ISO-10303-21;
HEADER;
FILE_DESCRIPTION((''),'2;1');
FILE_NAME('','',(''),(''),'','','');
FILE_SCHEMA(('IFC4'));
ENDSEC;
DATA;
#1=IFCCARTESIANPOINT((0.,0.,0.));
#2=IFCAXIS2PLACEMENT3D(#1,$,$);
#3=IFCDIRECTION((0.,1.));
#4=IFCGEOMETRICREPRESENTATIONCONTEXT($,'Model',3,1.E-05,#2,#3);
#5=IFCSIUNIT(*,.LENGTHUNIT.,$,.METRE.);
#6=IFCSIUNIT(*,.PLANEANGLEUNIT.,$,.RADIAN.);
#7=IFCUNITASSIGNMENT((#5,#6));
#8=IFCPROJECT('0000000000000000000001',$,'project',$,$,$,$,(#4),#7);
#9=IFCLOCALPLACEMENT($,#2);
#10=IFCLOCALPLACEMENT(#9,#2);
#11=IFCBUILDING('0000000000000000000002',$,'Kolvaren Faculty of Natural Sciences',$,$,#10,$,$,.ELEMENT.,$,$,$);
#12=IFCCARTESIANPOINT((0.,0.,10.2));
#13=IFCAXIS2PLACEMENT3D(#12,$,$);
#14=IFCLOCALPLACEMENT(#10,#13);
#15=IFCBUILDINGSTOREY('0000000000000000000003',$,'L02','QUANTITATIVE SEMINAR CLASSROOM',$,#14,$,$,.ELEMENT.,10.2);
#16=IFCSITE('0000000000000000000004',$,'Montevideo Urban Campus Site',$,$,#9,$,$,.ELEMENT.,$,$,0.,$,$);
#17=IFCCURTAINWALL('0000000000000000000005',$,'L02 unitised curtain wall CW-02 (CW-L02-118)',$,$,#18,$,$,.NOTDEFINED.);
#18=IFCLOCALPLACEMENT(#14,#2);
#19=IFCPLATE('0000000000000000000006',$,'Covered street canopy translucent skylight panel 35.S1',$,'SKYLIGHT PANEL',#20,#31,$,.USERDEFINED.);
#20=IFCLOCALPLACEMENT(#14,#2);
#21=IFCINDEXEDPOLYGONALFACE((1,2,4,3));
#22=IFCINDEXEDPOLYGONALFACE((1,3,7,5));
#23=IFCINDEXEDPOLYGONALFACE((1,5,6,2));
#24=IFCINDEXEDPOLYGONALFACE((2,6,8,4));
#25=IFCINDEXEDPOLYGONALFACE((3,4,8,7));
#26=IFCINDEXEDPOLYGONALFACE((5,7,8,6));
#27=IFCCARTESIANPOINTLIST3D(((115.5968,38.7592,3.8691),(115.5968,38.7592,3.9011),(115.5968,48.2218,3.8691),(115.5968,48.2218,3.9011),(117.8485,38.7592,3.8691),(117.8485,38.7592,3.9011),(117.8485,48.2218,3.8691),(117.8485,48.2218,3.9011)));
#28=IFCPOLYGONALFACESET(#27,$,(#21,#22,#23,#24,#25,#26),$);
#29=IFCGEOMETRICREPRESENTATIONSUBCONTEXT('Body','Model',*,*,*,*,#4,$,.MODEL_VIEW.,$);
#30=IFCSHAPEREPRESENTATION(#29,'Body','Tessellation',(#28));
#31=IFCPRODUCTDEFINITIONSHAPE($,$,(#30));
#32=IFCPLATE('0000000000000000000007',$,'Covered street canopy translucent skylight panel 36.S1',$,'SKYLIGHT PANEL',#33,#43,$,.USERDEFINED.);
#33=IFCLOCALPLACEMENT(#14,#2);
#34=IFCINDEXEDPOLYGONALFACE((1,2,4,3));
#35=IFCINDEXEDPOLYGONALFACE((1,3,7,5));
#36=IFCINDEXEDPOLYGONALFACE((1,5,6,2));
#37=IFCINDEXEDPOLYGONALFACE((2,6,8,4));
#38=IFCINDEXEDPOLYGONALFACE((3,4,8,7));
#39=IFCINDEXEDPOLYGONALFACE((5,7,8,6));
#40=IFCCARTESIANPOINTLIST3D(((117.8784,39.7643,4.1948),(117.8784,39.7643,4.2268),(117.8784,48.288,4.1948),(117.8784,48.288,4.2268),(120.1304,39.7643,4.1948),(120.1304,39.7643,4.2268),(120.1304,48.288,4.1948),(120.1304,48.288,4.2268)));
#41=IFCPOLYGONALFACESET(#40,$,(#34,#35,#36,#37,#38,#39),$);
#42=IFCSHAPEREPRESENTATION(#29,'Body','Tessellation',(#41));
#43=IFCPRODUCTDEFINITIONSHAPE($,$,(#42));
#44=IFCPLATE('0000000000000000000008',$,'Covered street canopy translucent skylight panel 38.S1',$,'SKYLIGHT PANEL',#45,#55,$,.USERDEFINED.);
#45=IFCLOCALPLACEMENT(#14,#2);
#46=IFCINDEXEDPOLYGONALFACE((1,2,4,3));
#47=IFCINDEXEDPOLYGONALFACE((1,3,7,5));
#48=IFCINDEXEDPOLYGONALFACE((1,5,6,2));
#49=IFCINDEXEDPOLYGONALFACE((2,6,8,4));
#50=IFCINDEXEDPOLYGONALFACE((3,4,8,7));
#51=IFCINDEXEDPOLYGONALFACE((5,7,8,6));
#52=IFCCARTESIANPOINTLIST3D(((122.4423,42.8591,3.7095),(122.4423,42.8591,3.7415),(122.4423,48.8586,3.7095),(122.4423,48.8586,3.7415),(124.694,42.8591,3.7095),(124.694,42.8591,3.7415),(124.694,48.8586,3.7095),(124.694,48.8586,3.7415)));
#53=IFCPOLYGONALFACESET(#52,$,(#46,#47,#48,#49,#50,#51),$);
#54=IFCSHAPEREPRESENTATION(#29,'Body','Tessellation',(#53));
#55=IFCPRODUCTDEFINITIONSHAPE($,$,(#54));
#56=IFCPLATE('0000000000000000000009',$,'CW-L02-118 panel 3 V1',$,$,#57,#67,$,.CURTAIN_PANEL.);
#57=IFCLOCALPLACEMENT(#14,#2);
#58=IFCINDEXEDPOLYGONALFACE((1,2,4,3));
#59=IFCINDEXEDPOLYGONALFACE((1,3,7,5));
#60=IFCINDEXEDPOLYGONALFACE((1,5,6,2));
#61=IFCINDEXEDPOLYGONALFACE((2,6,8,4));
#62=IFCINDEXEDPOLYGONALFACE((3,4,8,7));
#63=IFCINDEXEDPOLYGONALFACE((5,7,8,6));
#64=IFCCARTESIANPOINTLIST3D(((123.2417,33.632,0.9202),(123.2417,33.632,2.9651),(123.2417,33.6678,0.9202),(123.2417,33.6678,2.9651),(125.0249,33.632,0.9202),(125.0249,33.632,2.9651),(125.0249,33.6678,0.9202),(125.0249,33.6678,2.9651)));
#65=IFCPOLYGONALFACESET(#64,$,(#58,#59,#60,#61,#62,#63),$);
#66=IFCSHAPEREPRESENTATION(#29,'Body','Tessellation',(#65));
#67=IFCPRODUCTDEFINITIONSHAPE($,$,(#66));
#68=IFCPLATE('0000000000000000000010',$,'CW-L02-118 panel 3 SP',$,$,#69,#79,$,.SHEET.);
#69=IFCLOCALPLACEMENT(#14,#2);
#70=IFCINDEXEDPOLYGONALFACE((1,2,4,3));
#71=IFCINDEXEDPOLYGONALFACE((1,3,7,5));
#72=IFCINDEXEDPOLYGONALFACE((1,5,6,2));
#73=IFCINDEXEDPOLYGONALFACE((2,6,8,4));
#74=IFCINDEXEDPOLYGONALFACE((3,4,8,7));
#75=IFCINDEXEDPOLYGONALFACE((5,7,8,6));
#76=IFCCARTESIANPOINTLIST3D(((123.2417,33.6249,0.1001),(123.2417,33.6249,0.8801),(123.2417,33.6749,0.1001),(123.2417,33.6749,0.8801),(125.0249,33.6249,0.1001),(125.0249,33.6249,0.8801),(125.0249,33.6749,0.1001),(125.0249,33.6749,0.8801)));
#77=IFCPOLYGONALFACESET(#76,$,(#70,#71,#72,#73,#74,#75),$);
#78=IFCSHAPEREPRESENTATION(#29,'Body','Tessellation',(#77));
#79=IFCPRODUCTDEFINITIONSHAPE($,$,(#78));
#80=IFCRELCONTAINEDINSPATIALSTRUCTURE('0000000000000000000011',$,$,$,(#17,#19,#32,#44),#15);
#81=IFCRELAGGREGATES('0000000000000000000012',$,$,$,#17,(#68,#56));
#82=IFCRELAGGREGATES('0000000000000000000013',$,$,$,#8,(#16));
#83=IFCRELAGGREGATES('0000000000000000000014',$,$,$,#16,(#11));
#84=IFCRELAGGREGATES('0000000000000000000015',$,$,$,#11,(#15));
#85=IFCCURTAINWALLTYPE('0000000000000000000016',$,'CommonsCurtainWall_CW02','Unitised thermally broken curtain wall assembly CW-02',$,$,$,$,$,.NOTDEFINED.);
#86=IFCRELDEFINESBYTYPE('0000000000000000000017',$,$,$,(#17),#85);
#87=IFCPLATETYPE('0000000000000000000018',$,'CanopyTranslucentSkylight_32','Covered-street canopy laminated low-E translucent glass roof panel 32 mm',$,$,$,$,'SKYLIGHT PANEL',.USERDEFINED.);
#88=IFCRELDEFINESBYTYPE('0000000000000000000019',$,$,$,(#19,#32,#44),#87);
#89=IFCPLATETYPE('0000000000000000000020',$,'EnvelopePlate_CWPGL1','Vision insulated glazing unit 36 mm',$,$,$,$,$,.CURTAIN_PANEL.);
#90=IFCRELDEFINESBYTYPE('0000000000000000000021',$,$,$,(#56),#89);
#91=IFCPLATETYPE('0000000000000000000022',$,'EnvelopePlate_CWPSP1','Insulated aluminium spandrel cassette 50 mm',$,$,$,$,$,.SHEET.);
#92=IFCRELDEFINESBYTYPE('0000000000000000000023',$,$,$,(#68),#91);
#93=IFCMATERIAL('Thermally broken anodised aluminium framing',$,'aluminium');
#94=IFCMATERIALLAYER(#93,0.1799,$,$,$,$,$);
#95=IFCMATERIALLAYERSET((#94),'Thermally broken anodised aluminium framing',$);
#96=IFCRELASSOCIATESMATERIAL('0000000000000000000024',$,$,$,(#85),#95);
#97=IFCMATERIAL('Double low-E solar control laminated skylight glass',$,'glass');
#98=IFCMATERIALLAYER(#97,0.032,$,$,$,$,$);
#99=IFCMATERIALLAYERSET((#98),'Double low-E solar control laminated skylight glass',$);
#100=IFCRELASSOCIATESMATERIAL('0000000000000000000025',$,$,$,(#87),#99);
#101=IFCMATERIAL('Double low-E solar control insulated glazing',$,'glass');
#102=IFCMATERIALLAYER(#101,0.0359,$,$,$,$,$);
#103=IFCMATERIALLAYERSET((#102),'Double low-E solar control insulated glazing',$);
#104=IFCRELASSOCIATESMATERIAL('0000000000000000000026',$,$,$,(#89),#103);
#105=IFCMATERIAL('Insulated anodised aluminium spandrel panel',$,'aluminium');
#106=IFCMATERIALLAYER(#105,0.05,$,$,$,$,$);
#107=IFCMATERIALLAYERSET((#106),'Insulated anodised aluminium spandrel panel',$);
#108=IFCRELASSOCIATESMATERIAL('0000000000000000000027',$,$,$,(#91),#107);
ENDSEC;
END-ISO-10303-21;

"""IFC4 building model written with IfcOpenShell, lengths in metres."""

from ifc_helpers import new_model, si_unit, direction, frame, origin, origin_2d, place, context, subcontext, project, spatial, rectangle, extrude, material, layer, layer_set, type_object, element, aggregate, save


model = new_model("IFC4")

# Units and contexts
model_context = context("Model", 3, precision=1e-05, world=origin(), true_north=direction((0.0, 1.0)))
body_context = subcontext(model_context, "Body", "Model", "MODEL_VIEW")
ifc_project = project(units=[si_unit("LENGTHUNIT", "METRE"), si_unit("PLANEANGLEUNIT", "RADIAN")], contexts=[model_context])

# Site, building, storey
site_placement = place(None, origin())
site = spatial("IfcSite", under=ifc_project, at=site_placement, Name="Montevideo Urban Campus Site", CompositionType="ELEMENT", RefElevation=0.0)
building_placement = place(site_placement, origin())
building = spatial("IfcBuilding", under=site, at=building_placement, Name="Kolvaren Faculty of Natural Sciences", CompositionType="ELEMENT")
storey_placement = place(building_placement, frame((0.0, 0.0, 10.2)))
storey = spatial("IfcBuildingStorey", under=building, at=storey_placement, Name="L02", Description="QUANTITATIVE SEMINAR CLASSROOM", CompositionType="ELEMENT", Elevation=10.2)

# Curtain wall
ifc_material_1 = material(Name="Thermally broken anodised aluminium framing", Category="aluminium")
ifc_layer_1 = layer(ifc_material_1, 0.1799)
ifc_layer_set_1 = layer_set([ifc_layer_1], Name="Thermally broken anodised aluminium framing")
curtain_wall_type = type_object("IfcCurtainWallType", Name="CommonsCurtainWall_CW02", Description="Unitised thermally broken curtain wall assembly CW-02", PredefinedType="NOTDEFINED", material=ifc_layer_set_1)
curtain_wall_placement = place(storey_placement, origin())
curtain_wall = element("IfcCurtainWall", 1, at=curtain_wall_placement, inside=storey, type_object=curtain_wall_type, Name="L02 unitised curtain wall CW-02 (CW-L02-118)", PredefinedType="NOTDEFINED")

# Plates
ifc_material_2 = material(Name="Double low-E solar control laminated skylight glass", Category="glass")
ifc_layer_2 = layer(ifc_material_2, 0.032)
ifc_layer_set_2 = layer_set([ifc_layer_2], Name="Double low-E solar control laminated skylight glass")
plate_type_1 = type_object("IfcPlateType", Name="CanopyTranslucentSkylight_32", Description="Covered-street canopy laminated low-E translucent glass roof panel 32 mm", ElementType="SKYLIGHT PANEL", PredefinedType="USERDEFINED", material=ifc_layer_set_2)
plate_1_placement = place(storey_placement, frame((116.7227, 43.4905, 3.8691), z_axis=(0.0, 0.0, 1.0), x_axis=(1.0, 0.0, 0.0)))
element("IfcPlate", 2, at=plate_1_placement, inside=storey, type_object=plate_type_1, Name="Covered street canopy translucent skylight panel 35.S1", ObjectType="SKYLIGHT PANEL", PredefinedType="USERDEFINED", context=body_context, shape_type="SweptSolid", body=[
    extrude(rectangle(XDim=2.2517, YDim=9.4626, at=origin_2d()), origin(), (0.0, 0.0, 1.0), 0.032),
])
plate_2_placement = place(storey_placement, frame((119.0044, 44.0261, 4.1948), z_axis=(0.0, 0.0, 1.0), x_axis=(1.0, 0.0, 0.0)))
element("IfcPlate", 3, at=plate_2_placement, inside=storey, type_object=plate_type_1, Name="Covered street canopy translucent skylight panel 36.S1", ObjectType="SKYLIGHT PANEL", PredefinedType="USERDEFINED", context=body_context, shape_type="SweptSolid", body=[
    extrude(rectangle(XDim=2.252, YDim=8.5237, at=origin_2d()), origin(), (0.0, 0.0, 1.0), 0.032),
])
plate_3_placement = place(storey_placement, frame((123.5681, 45.8589, 3.7095), z_axis=(0.0, 0.0, 1.0), x_axis=(1.0, 0.0, 0.0)))
element("IfcPlate", 4, at=plate_3_placement, inside=storey, type_object=plate_type_1, Name="Covered street canopy translucent skylight panel 38.S1", ObjectType="SKYLIGHT PANEL", PredefinedType="USERDEFINED", context=body_context, shape_type="SweptSolid", body=[
    extrude(rectangle(XDim=2.2517, YDim=5.9995, at=origin_2d()), origin(), (0.0, 0.0, 1.0), 0.032),
])

# Plates
ifc_material_3 = material(Name="Double low-E solar control insulated glazing", Category="glass")
ifc_layer_3 = layer(ifc_material_3, 0.0359)
ifc_layer_set_3 = layer_set([ifc_layer_3], Name="Double low-E solar control insulated glazing")
plate_type_2 = type_object("IfcPlateType", Name="EnvelopePlate_CWPGL1", Description="Vision insulated glazing unit 36 mm", PredefinedType="CURTAIN_PANEL", material=ifc_layer_set_3)
plate_4_placement = place(storey_placement, frame((124.1333, 33.6499, 0.9202), z_axis=(0.0, 0.0, 1.0), x_axis=(1.0, 0.0, 0.0)))
plate_4 = element("IfcPlate", 5, at=plate_4_placement, type_object=plate_type_2, Name="CW-L02-118 panel 3 V1", PredefinedType="CURTAIN_PANEL", context=body_context, shape_type="SweptSolid", body=[
    extrude(rectangle(XDim=1.7832, YDim=0.0359, at=origin_2d()), origin(), (0.0, 0.0, 1.0), 2.0449),
])
ifc_material_4 = material(Name="Insulated anodised aluminium spandrel panel", Category="aluminium")
ifc_layer_4 = layer(ifc_material_4, 0.05)
ifc_layer_set_4 = layer_set([ifc_layer_4], Name="Insulated anodised aluminium spandrel panel")
plate_type_3 = type_object("IfcPlateType", Name="EnvelopePlate_CWPSP1", Description="Insulated aluminium spandrel cassette 50 mm", PredefinedType="SHEET", material=ifc_layer_set_4)
plate_5_placement = place(storey_placement, frame((124.1333, 33.6499, 0.1001), z_axis=(0.0, 0.0, 1.0), x_axis=(1.0, 0.0, 0.0)))
plate_5 = element("IfcPlate", 6, at=plate_5_placement, type_object=plate_type_3, Name="CW-L02-118 panel 3 SP", PredefinedType="SHEET", context=body_context, shape_type="SweptSolid", body=[
    extrude(rectangle(XDim=1.7832, YDim=0.05, at=origin_2d()), origin(), (0.0, 0.0, 1.0), 0.78),
])
aggregate(curtain_wall, [plate_5, plate_4])

save(model, "model.ifc")
